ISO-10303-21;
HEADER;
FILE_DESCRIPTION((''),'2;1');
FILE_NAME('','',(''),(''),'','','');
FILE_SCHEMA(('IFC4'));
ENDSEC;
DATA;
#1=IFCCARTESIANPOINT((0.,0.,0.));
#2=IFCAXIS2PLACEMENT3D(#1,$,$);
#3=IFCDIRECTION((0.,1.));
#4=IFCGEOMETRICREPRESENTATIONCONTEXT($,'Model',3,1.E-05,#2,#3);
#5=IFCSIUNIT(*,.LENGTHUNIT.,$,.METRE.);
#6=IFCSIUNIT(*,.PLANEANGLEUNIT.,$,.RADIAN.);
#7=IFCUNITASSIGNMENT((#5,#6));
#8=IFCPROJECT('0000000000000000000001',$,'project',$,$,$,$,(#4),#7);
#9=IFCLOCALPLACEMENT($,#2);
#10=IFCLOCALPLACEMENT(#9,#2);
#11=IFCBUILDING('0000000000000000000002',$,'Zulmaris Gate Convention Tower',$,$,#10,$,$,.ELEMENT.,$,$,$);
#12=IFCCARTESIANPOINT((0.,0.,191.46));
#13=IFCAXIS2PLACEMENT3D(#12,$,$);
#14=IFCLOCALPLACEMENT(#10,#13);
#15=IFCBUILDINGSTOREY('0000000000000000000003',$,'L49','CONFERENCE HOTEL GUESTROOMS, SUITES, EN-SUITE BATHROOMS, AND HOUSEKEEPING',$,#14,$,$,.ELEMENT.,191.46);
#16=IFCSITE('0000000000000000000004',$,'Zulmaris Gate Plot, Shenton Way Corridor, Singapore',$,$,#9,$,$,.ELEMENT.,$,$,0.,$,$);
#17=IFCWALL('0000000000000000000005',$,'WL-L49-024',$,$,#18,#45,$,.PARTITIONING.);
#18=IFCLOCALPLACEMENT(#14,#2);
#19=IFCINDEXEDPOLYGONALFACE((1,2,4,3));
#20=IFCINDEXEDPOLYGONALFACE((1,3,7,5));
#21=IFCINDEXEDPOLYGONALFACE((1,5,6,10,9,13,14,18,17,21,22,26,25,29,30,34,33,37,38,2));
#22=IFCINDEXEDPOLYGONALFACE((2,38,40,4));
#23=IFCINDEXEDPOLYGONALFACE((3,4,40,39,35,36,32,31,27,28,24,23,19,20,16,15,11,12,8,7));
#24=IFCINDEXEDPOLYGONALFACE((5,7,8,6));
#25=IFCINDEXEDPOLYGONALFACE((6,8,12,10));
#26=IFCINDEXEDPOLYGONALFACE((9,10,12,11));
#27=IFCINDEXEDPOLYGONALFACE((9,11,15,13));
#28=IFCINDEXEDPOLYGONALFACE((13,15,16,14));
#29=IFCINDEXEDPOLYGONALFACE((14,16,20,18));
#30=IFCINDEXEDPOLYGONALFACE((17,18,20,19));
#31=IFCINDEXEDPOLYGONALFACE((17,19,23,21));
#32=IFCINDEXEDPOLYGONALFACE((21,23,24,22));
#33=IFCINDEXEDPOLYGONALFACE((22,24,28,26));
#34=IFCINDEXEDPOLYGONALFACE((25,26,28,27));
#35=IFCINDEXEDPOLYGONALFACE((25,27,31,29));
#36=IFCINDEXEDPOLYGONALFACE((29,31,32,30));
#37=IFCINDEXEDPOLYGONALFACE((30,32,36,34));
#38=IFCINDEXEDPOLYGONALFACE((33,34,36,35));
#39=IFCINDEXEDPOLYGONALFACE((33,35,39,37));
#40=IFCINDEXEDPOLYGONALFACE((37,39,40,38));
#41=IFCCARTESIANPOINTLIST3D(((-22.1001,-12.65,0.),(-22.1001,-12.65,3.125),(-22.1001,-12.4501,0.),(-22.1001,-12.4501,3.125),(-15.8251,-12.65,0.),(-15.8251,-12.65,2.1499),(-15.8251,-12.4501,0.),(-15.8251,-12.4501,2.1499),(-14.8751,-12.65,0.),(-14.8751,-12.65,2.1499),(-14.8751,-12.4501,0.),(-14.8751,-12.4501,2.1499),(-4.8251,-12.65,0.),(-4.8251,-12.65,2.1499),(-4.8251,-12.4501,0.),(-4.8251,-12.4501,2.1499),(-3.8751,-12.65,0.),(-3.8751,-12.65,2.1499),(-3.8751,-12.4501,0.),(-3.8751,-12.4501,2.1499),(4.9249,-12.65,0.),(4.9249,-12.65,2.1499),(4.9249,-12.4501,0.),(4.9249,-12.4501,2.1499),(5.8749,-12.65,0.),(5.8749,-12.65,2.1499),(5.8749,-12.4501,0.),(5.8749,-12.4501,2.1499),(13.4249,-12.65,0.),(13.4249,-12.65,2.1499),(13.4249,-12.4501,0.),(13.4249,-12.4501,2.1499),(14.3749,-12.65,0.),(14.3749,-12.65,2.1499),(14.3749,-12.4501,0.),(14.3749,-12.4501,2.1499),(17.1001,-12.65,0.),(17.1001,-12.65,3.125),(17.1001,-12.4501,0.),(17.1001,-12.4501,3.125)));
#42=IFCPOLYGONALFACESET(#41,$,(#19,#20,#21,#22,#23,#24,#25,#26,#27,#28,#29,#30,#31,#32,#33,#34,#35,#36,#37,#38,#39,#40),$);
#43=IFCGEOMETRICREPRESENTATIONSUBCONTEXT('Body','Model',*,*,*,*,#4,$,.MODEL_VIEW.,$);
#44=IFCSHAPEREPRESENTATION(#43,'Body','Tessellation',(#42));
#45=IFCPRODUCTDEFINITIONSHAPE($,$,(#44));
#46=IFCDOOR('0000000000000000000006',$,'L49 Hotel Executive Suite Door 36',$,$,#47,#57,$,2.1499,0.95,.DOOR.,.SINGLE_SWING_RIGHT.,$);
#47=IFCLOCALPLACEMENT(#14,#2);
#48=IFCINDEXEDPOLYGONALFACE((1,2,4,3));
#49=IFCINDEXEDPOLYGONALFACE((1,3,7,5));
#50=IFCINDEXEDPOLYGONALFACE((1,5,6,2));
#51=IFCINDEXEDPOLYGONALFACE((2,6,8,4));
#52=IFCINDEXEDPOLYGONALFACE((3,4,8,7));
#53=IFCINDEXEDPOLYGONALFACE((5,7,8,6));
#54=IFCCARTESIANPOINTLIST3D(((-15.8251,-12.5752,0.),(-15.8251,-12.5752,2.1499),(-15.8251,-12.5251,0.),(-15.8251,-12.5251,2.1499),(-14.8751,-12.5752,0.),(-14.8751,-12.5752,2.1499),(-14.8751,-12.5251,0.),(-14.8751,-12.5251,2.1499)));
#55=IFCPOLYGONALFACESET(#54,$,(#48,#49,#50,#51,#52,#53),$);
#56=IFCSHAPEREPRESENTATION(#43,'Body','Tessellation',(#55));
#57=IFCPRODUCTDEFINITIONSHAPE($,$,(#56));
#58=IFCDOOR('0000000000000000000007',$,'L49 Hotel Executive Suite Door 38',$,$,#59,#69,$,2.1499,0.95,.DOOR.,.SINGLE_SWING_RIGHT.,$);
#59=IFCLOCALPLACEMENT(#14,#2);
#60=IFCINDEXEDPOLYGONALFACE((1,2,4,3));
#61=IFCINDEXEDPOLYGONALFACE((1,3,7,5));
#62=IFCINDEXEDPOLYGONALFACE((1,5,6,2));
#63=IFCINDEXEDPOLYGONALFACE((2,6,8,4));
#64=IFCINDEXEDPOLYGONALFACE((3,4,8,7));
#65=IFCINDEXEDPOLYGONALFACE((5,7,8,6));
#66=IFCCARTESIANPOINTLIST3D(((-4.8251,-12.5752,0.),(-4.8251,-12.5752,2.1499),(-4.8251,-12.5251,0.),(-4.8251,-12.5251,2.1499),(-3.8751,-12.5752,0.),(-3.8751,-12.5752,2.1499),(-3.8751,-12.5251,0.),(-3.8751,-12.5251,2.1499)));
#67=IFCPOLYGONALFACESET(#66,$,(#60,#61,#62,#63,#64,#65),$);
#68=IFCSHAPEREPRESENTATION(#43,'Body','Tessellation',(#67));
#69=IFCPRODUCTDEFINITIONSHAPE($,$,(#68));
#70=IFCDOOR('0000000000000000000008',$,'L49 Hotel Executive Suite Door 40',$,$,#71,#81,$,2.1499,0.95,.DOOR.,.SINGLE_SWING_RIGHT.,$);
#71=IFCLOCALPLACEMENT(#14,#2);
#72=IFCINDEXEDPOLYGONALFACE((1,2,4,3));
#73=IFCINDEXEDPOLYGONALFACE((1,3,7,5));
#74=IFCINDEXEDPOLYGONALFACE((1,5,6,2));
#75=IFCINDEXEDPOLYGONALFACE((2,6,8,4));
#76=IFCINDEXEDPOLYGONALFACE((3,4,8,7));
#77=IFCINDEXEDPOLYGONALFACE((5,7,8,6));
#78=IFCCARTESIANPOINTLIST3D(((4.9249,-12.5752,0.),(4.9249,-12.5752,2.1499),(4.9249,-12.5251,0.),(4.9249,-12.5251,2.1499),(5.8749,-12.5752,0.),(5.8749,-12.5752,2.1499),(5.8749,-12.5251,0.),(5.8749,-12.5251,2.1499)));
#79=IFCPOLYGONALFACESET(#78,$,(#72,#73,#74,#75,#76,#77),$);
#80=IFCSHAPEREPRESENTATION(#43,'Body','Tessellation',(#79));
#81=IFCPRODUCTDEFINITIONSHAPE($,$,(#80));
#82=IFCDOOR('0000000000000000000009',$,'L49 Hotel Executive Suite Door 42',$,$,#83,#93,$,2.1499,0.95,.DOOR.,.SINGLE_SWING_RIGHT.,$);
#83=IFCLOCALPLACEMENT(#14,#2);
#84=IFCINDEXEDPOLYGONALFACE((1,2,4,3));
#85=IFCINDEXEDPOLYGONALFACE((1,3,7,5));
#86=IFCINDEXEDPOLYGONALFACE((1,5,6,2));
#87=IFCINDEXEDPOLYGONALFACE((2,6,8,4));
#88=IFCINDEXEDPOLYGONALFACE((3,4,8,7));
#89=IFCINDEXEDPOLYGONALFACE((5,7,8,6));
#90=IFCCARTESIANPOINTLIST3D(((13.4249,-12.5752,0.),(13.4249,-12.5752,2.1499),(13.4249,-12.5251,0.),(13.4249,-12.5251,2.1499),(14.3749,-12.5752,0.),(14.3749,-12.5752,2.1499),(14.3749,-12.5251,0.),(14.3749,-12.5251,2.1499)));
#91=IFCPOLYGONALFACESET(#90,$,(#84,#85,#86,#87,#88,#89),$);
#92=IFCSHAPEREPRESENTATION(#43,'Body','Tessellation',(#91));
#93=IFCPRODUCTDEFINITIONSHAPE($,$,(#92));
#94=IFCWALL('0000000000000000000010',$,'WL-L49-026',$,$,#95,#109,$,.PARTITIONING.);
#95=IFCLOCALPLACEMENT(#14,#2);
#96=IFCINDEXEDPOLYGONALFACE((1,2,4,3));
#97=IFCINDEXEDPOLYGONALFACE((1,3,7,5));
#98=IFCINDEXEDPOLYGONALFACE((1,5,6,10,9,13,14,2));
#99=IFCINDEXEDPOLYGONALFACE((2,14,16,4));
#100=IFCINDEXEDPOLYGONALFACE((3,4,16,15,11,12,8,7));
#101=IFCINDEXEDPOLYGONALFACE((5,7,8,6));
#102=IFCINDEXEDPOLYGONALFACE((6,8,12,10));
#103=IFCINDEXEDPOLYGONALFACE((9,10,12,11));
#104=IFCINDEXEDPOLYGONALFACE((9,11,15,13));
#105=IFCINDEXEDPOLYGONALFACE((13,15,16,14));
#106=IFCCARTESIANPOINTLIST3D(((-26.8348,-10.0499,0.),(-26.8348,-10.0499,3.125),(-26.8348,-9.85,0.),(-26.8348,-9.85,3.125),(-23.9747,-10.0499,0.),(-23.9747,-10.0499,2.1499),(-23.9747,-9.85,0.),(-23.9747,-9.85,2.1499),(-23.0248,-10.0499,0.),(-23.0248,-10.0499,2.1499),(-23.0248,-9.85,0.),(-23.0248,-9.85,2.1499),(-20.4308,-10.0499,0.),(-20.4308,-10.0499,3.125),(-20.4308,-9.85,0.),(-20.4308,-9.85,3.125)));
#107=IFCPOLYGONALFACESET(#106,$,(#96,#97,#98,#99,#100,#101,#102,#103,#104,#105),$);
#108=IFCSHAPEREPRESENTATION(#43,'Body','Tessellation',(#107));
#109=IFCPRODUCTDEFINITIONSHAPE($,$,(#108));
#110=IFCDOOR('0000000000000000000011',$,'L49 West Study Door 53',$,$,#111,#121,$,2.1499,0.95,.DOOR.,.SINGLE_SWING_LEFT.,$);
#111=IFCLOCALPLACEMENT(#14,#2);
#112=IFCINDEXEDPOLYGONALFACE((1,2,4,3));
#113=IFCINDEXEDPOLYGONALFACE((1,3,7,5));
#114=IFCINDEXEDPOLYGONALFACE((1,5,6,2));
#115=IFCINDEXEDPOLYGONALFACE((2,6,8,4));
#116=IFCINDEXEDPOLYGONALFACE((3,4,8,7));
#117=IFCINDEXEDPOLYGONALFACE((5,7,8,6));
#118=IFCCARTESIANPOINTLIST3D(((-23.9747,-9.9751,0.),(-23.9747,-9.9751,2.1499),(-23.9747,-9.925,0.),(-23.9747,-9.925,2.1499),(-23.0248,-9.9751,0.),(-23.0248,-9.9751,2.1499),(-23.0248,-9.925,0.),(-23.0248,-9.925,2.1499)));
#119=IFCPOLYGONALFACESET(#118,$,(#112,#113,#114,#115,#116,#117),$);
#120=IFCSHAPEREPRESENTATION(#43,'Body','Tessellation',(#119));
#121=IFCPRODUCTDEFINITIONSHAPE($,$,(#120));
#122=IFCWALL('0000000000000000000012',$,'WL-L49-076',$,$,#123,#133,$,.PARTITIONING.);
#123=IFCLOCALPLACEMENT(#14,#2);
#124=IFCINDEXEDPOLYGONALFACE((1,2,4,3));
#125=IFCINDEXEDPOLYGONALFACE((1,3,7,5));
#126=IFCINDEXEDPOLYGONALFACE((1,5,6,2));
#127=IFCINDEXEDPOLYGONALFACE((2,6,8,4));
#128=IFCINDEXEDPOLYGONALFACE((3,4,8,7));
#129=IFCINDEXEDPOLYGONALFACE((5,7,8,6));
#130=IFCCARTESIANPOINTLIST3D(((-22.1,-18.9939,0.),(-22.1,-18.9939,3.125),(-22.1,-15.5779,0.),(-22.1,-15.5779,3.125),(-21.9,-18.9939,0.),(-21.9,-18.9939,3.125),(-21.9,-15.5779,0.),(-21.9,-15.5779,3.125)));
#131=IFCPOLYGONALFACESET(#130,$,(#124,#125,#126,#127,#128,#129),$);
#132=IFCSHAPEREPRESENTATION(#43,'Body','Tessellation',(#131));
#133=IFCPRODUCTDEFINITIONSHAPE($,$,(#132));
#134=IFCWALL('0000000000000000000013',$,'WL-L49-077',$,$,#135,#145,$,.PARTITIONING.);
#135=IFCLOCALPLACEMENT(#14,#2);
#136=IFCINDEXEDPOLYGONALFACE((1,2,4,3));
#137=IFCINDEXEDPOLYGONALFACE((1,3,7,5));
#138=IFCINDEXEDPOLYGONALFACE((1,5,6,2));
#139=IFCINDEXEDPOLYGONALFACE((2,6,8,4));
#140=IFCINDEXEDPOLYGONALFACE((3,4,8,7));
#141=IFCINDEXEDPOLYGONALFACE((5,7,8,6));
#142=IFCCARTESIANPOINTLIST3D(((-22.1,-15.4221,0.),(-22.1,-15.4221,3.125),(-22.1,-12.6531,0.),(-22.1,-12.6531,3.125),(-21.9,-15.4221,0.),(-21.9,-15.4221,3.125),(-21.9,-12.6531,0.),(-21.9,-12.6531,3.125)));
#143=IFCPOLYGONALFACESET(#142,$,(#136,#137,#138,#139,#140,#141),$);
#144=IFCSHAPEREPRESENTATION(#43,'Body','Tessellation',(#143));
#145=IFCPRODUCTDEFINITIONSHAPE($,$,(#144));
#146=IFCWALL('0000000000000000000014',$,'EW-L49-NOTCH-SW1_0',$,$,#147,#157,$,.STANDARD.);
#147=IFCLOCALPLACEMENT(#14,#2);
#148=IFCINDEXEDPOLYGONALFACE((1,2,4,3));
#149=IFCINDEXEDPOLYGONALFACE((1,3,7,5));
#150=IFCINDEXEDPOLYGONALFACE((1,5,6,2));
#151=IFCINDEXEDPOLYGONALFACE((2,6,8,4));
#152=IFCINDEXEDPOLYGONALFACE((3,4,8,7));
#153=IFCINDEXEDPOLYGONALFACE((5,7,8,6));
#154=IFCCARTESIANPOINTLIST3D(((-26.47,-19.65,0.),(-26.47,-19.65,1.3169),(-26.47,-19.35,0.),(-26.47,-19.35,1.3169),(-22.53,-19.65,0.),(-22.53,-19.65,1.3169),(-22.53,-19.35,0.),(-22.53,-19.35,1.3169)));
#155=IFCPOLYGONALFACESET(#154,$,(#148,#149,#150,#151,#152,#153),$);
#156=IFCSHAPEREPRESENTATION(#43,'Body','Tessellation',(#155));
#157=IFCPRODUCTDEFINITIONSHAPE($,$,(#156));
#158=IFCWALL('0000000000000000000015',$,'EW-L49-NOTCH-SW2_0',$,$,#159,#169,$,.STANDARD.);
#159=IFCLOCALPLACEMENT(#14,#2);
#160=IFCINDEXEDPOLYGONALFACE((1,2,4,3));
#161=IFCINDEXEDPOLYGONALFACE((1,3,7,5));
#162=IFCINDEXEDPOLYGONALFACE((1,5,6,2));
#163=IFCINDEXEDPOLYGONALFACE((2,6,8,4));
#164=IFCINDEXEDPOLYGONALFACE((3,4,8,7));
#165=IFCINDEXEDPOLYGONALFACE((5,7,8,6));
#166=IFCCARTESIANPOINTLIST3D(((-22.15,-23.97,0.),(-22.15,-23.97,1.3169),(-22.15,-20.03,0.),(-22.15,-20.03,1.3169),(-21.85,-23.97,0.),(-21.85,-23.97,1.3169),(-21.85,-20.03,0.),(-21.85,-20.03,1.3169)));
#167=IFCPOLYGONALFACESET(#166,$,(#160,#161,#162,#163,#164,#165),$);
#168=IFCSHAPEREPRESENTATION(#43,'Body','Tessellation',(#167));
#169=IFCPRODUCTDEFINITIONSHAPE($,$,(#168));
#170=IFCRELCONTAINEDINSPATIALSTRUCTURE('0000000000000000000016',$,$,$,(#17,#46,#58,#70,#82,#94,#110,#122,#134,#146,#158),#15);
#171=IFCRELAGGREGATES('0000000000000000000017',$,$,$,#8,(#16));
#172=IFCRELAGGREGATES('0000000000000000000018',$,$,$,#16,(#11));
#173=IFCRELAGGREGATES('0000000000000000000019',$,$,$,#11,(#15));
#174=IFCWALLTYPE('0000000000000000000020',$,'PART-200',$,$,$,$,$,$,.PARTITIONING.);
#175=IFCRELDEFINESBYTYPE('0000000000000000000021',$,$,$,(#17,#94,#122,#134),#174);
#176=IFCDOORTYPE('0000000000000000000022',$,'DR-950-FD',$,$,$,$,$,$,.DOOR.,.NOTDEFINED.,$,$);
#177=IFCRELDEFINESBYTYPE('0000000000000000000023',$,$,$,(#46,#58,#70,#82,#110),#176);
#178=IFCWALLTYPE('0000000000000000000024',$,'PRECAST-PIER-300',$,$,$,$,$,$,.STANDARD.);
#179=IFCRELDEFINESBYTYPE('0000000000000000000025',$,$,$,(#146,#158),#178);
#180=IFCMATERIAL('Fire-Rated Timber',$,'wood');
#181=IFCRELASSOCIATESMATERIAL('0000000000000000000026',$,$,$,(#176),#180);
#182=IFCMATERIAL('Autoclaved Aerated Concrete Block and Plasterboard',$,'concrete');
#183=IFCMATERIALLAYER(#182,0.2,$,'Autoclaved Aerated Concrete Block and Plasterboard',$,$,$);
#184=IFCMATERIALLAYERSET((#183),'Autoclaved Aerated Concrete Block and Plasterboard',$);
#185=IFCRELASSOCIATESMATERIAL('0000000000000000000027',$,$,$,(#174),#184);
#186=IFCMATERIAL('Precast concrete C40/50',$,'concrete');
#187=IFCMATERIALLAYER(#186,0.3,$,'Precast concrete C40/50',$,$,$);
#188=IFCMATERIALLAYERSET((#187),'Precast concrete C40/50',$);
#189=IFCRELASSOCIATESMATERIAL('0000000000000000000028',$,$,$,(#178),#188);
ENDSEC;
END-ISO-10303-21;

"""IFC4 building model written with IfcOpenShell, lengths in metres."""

from ifc_helpers import new_model, si_unit, direction, frame, frame_2d, origin, place, context, subcontext, project, spatial, rectangle, extrude, material, layer, layer_set, type_object, element, fill, save


model = new_model("IFC4")

# Units and contexts
model_context = context("Model", 3, precision=1e-05, world=origin(), true_north=direction((0.0, 1.0)))
body_context = subcontext(model_context, "Body", "Model", "MODEL_VIEW")
ifc_project = project(units=[si_unit("LENGTHUNIT", "METRE"), si_unit("PLANEANGLEUNIT", "RADIAN")], contexts=[model_context])

# Site, building, storey
site_placement = place(None, origin())
site = spatial("IfcSite", under=ifc_project, at=site_placement, Name="Zulmaris Gate Plot, Shenton Way Corridor, Singapore", CompositionType="ELEMENT", RefElevation=0.0)
building_placement = place(site_placement, origin())
building = spatial("IfcBuilding", under=site, at=building_placement, Name="Zulmaris Gate Convention Tower", CompositionType="ELEMENT")
storey_placement = place(building_placement, frame((0.0, 0.0, 191.46)))
storey = spatial("IfcBuildingStorey", under=building, at=storey_placement, Name="L49", Description="CONFERENCE HOTEL GUESTROOMS, SUITES, EN-SUITE BATHROOMS, AND HOUSEKEEPING", CompositionType="ELEMENT", Elevation=191.46)

# Shared definitions
ifc_material_1 = material(Name="Fire-Rated Timber", Category="wood")
door_type_1 = type_object("IfcDoorType", Name="DR-950-FD", OperationType="NOTDEFINED", PredefinedType="DOOR", material=ifc_material_1)

# Wall, openings, doors
ifc_material_2 = material(Name="Autoclaved Aerated Concrete Block and Plasterboard", Category="concrete")
ifc_layer_1 = layer(ifc_material_2, 0.2, Name="Autoclaved Aerated Concrete Block and Plasterboard")
ifc_layer_set_1 = layer_set([ifc_layer_1], Name="Autoclaved Aerated Concrete Block and Plasterboard")
wall_type_1 = type_object("IfcWallType", Name="PART-200", PredefinedType="PARTITIONING", material=ifc_layer_set_1)
wall_1_placement = place(storey_placement, frame((-22.1001, -12.55, 0.0), z_axis=(0.0, 0.0, 1.0), x_axis=(1.0, 0.0, 0.0)))
wall_1 = element("IfcWall", 1, at=wall_1_placement, inside=storey, type_object=wall_type_1, Name="WL-L49-024", PredefinedType="PARTITIONING", context=body_context, shape_type="SweptSolid", body=[
    extrude(rectangle(XDim=39.2002, YDim=0.2, at=frame_2d((19.6001, 0.0))), origin(), (0.0, 0.0, 1.0), 3.125),
])
opening_1_placement = place(wall_1_placement, frame((6.2749, 0.0, 0.0)))
opening_1 = element("IfcOpeningElement", 2, at=opening_1_placement, cuts=wall_1, PredefinedType="OPENING", context=body_context, shape_type="SweptSolid", body=[
    extrude(rectangle(XDim=0.95, YDim=2.1499, at=frame_2d((0.4751, 1.075))), frame((0.0, 0.1099, 0.0), z_axis=(0.0, -1.0, 0.0), x_axis=(1.0, 0.0, 0.0)), (0.0, 0.0, 1.0), 0.22),
])
opening_2_placement = place(wall_1_placement, frame((17.2749, 0.0, 0.0)))
opening_2 = element("IfcOpeningElement", 3, at=opening_2_placement, cuts=wall_1, PredefinedType="OPENING", context=body_context, shape_type="SweptSolid", body=[
    extrude(rectangle(XDim=0.95, YDim=2.1499, at=frame_2d((0.4751, 1.075))), frame((0.0, 0.1099, 0.0), z_axis=(0.0, -1.0, 0.0), x_axis=(1.0, 0.0, 0.0)), (0.0, 0.0, 1.0), 0.22),
])
opening_3_placement = place(wall_1_placement, frame((27.0249, 0.0, 0.0)))
opening_3 = element("IfcOpeningElement", 4, at=opening_3_placement, cuts=wall_1, PredefinedType="OPENING", context=body_context, shape_type="SweptSolid", body=[
    extrude(rectangle(XDim=0.95, YDim=2.1499, at=frame_2d((0.4751, 1.075))), frame((0.0, 0.1099, 0.0), z_axis=(0.0, -1.0, 0.0), x_axis=(1.0, 0.0, 0.0)), (0.0, 0.0, 1.0), 0.22),
])
opening_4_placement = place(wall_1_placement, frame((35.5249, 0.0, 0.0)))
opening_4 = element("IfcOpeningElement", 5, at=opening_4_placement, cuts=wall_1, PredefinedType="OPENING", context=body_context, shape_type="SweptSolid", body=[
    extrude(rectangle(XDim=0.95, YDim=2.1499, at=frame_2d((0.4751, 1.075))), frame((0.0, 0.1099, 0.0), z_axis=(0.0, -1.0, 0.0), x_axis=(1.0, 0.0, 0.0)), (0.0, 0.0, 1.0), 0.22),
])
door_1_placement = place(opening_1_placement, origin())
door_1 = element("IfcDoor", 6, at=door_1_placement, inside=storey, type_object=door_type_1, Name="L49 Hotel Executive Suite Door 36", OperationType="SINGLE_SWING_RIGHT", OverallHeight=2.1499, OverallWidth=0.95, PredefinedType="DOOR", context=body_context, shape_type="SweptSolid", body=[
    extrude(rectangle(XDim=0.95, YDim=2.1499, at=frame_2d((0.4751, 1.075))), frame((0.0, 0.0249, 0.0), z_axis=(0.0, -1.0, 0.0), x_axis=(1.0, 0.0, 0.0)), (0.0, 0.0, 1.0), 0.05),
])
fill(opening_1, door_1)
door_2_placement = place(opening_2_placement, origin())
door_2 = element("IfcDoor", 7, at=door_2_placement, inside=storey, type_object=door_type_1, Name="L49 Hotel Executive Suite Door 38", OperationType="SINGLE_SWING_RIGHT", OverallHeight=2.1499, OverallWidth=0.95, PredefinedType="DOOR", context=body_context, shape_type="SweptSolid", body=[
    extrude(rectangle(XDim=0.95, YDim=2.1499, at=frame_2d((0.4751, 1.075))), frame((0.0, 0.0249, 0.0), z_axis=(0.0, -1.0, 0.0), x_axis=(1.0, 0.0, 0.0)), (0.0, 0.0, 1.0), 0.05),
])
fill(opening_2, door_2)
door_3_placement = place(opening_3_placement, origin())
door_3 = element("IfcDoor", 8, at=door_3_placement, inside=storey, type_object=door_type_1, Name="L49 Hotel Executive Suite Door 40", OperationType="SINGLE_SWING_RIGHT", OverallHeight=2.1499, OverallWidth=0.95, PredefinedType="DOOR", context=body_context, shape_type="SweptSolid", body=[
    extrude(rectangle(XDim=0.95, YDim=2.1499, at=frame_2d((0.4751, 1.075))), frame((0.0, 0.0249, 0.0), z_axis=(0.0, -1.0, 0.0), x_axis=(1.0, 0.0, 0.0)), (0.0, 0.0, 1.0), 0.05),
])
fill(opening_3, door_3)
door_4_placement = place(opening_4_placement, origin())
door_4 = element("IfcDoor", 9, at=door_4_placement, inside=storey, type_object=door_type_1, Name="L49 Hotel Executive Suite Door 42", OperationType="SINGLE_SWING_RIGHT", OverallHeight=2.1499, OverallWidth=0.95, PredefinedType="DOOR", context=body_context, shape_type="SweptSolid", body=[
    extrude(rectangle(XDim=0.95, YDim=2.1499, at=frame_2d((0.4751, 1.075))), frame((0.0, 0.0249, 0.0), z_axis=(0.0, -1.0, 0.0), x_axis=(1.0, 0.0, 0.0)), (0.0, 0.0, 1.0), 0.05),
])
fill(opening_4, door_4)

# Wall, opening, door
wall_2_placement = place(storey_placement, frame((-26.835, -9.95, 0.0), z_axis=(0.0, 0.0, 1.0), x_axis=(1.0, 0.0, 0.0)))
wall_2 = element("IfcWall", 10, at=wall_2_placement, inside=storey, type_object=wall_type_1, Name="WL-L49-026", PredefinedType="PARTITIONING", context=body_context, shape_type="SweptSolid", body=[
    extrude(rectangle(XDim=6.4041, YDim=0.2, at=frame_2d((3.2021, 0.0))), origin(), (0.0, 0.0, 1.0), 3.125),
])
opening_5_placement = place(wall_2_placement, frame((2.8601, 0.0, 0.0)))
opening_5 = element("IfcOpeningElement", 11, at=opening_5_placement, cuts=wall_2, PredefinedType="OPENING", context=body_context, shape_type="SweptSolid", body=[
    extrude(rectangle(XDim=0.95, YDim=2.1499, at=frame_2d((0.4751, 1.075))), frame((0.0, 0.1099, 0.0), z_axis=(0.0, -1.0, 0.0), x_axis=(1.0, 0.0, 0.0)), (0.0, 0.0, 1.0), 0.22),
])
door_5_placement = place(opening_5_placement, origin())
door_5 = element("IfcDoor", 12, at=door_5_placement, inside=storey, type_object=door_type_1, Name="L49 West Study Door 53", OperationType="SINGLE_SWING_LEFT", OverallHeight=2.1499, OverallWidth=0.95, PredefinedType="DOOR", context=body_context, shape_type="SweptSolid", body=[
    extrude(rectangle(XDim=0.95, YDim=2.1499, at=frame_2d((0.4751, 1.075))), frame((0.0, 0.0249, 0.0), z_axis=(0.0, -1.0, 0.0), x_axis=(1.0, 0.0, 0.0)), (0.0, 0.0, 1.0), 0.05),
])
fill(opening_5, door_5)

# Walls
wall_3_placement = place(storey_placement, frame((-22.0, -18.9939, 0.0), z_axis=(0.0, 0.0, 1.0), x_axis=(0.0, 1.0, 0.0)))
element("IfcWall", 13, at=wall_3_placement, inside=storey, type_object=wall_type_1, Name="WL-L49-076", PredefinedType="PARTITIONING", context=body_context, shape_type="SweptSolid", body=[
    extrude(rectangle(XDim=3.416, YDim=0.2, at=frame_2d((1.708, 0.0))), origin(), (0.0, 0.0, 1.0), 3.125),
])
wall_4_placement = place(storey_placement, frame((-22.0, -15.4221, 0.0), z_axis=(0.0, 0.0, 1.0), x_axis=(0.0, 1.0, 0.0)))
element("IfcWall", 14, at=wall_4_placement, inside=storey, type_object=wall_type_1, Name="WL-L49-077", PredefinedType="PARTITIONING", context=body_context, shape_type="SweptSolid", body=[
    extrude(rectangle(XDim=2.769, YDim=0.2, at=frame_2d((1.3845, 0.0))), origin(), (0.0, 0.0, 1.0), 3.125),
])
ifc_material_3 = material(Name="Precast concrete C40/50", Category="concrete")
ifc_layer_2 = layer(ifc_material_3, 0.3, Name="Precast concrete C40/50")
ifc_layer_set_2 = layer_set([ifc_layer_2], Name="Precast concrete C40/50")
wall_type_2 = type_object("IfcWallType", Name="PRECAST-PIER-300", PredefinedType="STANDARD", material=ifc_layer_set_2)
for number, where, z_axis, x_axis, name in (
    (15, (-26.47, -19.5, 0.0), (0.0, 0.0, 1.0), (1.0, 0.0, 0.0), "EW-L49-NOTCH-SW1_0"),
    (16, (-22.0, -20.03, 0.0), (0.0, 0.0, 1.0), (0.0, -1.0, 0.0), "EW-L49-NOTCH-SW2_0"),
):
    element("IfcWall", number, at=place(storey_placement, frame(where, z_axis=z_axis, x_axis=x_axis)), inside=storey, type_object=wall_type_2, Name=name, PredefinedType="STANDARD", context=body_context, shape_type="SweptSolid", body=[
        extrude(rectangle(XDim=3.9399, YDim=0.3, at=frame_2d((1.97, 0.0))), origin(), (0.0, 0.0, 1.0), 1.3169),
    ])

save(model, "model.ifc")
